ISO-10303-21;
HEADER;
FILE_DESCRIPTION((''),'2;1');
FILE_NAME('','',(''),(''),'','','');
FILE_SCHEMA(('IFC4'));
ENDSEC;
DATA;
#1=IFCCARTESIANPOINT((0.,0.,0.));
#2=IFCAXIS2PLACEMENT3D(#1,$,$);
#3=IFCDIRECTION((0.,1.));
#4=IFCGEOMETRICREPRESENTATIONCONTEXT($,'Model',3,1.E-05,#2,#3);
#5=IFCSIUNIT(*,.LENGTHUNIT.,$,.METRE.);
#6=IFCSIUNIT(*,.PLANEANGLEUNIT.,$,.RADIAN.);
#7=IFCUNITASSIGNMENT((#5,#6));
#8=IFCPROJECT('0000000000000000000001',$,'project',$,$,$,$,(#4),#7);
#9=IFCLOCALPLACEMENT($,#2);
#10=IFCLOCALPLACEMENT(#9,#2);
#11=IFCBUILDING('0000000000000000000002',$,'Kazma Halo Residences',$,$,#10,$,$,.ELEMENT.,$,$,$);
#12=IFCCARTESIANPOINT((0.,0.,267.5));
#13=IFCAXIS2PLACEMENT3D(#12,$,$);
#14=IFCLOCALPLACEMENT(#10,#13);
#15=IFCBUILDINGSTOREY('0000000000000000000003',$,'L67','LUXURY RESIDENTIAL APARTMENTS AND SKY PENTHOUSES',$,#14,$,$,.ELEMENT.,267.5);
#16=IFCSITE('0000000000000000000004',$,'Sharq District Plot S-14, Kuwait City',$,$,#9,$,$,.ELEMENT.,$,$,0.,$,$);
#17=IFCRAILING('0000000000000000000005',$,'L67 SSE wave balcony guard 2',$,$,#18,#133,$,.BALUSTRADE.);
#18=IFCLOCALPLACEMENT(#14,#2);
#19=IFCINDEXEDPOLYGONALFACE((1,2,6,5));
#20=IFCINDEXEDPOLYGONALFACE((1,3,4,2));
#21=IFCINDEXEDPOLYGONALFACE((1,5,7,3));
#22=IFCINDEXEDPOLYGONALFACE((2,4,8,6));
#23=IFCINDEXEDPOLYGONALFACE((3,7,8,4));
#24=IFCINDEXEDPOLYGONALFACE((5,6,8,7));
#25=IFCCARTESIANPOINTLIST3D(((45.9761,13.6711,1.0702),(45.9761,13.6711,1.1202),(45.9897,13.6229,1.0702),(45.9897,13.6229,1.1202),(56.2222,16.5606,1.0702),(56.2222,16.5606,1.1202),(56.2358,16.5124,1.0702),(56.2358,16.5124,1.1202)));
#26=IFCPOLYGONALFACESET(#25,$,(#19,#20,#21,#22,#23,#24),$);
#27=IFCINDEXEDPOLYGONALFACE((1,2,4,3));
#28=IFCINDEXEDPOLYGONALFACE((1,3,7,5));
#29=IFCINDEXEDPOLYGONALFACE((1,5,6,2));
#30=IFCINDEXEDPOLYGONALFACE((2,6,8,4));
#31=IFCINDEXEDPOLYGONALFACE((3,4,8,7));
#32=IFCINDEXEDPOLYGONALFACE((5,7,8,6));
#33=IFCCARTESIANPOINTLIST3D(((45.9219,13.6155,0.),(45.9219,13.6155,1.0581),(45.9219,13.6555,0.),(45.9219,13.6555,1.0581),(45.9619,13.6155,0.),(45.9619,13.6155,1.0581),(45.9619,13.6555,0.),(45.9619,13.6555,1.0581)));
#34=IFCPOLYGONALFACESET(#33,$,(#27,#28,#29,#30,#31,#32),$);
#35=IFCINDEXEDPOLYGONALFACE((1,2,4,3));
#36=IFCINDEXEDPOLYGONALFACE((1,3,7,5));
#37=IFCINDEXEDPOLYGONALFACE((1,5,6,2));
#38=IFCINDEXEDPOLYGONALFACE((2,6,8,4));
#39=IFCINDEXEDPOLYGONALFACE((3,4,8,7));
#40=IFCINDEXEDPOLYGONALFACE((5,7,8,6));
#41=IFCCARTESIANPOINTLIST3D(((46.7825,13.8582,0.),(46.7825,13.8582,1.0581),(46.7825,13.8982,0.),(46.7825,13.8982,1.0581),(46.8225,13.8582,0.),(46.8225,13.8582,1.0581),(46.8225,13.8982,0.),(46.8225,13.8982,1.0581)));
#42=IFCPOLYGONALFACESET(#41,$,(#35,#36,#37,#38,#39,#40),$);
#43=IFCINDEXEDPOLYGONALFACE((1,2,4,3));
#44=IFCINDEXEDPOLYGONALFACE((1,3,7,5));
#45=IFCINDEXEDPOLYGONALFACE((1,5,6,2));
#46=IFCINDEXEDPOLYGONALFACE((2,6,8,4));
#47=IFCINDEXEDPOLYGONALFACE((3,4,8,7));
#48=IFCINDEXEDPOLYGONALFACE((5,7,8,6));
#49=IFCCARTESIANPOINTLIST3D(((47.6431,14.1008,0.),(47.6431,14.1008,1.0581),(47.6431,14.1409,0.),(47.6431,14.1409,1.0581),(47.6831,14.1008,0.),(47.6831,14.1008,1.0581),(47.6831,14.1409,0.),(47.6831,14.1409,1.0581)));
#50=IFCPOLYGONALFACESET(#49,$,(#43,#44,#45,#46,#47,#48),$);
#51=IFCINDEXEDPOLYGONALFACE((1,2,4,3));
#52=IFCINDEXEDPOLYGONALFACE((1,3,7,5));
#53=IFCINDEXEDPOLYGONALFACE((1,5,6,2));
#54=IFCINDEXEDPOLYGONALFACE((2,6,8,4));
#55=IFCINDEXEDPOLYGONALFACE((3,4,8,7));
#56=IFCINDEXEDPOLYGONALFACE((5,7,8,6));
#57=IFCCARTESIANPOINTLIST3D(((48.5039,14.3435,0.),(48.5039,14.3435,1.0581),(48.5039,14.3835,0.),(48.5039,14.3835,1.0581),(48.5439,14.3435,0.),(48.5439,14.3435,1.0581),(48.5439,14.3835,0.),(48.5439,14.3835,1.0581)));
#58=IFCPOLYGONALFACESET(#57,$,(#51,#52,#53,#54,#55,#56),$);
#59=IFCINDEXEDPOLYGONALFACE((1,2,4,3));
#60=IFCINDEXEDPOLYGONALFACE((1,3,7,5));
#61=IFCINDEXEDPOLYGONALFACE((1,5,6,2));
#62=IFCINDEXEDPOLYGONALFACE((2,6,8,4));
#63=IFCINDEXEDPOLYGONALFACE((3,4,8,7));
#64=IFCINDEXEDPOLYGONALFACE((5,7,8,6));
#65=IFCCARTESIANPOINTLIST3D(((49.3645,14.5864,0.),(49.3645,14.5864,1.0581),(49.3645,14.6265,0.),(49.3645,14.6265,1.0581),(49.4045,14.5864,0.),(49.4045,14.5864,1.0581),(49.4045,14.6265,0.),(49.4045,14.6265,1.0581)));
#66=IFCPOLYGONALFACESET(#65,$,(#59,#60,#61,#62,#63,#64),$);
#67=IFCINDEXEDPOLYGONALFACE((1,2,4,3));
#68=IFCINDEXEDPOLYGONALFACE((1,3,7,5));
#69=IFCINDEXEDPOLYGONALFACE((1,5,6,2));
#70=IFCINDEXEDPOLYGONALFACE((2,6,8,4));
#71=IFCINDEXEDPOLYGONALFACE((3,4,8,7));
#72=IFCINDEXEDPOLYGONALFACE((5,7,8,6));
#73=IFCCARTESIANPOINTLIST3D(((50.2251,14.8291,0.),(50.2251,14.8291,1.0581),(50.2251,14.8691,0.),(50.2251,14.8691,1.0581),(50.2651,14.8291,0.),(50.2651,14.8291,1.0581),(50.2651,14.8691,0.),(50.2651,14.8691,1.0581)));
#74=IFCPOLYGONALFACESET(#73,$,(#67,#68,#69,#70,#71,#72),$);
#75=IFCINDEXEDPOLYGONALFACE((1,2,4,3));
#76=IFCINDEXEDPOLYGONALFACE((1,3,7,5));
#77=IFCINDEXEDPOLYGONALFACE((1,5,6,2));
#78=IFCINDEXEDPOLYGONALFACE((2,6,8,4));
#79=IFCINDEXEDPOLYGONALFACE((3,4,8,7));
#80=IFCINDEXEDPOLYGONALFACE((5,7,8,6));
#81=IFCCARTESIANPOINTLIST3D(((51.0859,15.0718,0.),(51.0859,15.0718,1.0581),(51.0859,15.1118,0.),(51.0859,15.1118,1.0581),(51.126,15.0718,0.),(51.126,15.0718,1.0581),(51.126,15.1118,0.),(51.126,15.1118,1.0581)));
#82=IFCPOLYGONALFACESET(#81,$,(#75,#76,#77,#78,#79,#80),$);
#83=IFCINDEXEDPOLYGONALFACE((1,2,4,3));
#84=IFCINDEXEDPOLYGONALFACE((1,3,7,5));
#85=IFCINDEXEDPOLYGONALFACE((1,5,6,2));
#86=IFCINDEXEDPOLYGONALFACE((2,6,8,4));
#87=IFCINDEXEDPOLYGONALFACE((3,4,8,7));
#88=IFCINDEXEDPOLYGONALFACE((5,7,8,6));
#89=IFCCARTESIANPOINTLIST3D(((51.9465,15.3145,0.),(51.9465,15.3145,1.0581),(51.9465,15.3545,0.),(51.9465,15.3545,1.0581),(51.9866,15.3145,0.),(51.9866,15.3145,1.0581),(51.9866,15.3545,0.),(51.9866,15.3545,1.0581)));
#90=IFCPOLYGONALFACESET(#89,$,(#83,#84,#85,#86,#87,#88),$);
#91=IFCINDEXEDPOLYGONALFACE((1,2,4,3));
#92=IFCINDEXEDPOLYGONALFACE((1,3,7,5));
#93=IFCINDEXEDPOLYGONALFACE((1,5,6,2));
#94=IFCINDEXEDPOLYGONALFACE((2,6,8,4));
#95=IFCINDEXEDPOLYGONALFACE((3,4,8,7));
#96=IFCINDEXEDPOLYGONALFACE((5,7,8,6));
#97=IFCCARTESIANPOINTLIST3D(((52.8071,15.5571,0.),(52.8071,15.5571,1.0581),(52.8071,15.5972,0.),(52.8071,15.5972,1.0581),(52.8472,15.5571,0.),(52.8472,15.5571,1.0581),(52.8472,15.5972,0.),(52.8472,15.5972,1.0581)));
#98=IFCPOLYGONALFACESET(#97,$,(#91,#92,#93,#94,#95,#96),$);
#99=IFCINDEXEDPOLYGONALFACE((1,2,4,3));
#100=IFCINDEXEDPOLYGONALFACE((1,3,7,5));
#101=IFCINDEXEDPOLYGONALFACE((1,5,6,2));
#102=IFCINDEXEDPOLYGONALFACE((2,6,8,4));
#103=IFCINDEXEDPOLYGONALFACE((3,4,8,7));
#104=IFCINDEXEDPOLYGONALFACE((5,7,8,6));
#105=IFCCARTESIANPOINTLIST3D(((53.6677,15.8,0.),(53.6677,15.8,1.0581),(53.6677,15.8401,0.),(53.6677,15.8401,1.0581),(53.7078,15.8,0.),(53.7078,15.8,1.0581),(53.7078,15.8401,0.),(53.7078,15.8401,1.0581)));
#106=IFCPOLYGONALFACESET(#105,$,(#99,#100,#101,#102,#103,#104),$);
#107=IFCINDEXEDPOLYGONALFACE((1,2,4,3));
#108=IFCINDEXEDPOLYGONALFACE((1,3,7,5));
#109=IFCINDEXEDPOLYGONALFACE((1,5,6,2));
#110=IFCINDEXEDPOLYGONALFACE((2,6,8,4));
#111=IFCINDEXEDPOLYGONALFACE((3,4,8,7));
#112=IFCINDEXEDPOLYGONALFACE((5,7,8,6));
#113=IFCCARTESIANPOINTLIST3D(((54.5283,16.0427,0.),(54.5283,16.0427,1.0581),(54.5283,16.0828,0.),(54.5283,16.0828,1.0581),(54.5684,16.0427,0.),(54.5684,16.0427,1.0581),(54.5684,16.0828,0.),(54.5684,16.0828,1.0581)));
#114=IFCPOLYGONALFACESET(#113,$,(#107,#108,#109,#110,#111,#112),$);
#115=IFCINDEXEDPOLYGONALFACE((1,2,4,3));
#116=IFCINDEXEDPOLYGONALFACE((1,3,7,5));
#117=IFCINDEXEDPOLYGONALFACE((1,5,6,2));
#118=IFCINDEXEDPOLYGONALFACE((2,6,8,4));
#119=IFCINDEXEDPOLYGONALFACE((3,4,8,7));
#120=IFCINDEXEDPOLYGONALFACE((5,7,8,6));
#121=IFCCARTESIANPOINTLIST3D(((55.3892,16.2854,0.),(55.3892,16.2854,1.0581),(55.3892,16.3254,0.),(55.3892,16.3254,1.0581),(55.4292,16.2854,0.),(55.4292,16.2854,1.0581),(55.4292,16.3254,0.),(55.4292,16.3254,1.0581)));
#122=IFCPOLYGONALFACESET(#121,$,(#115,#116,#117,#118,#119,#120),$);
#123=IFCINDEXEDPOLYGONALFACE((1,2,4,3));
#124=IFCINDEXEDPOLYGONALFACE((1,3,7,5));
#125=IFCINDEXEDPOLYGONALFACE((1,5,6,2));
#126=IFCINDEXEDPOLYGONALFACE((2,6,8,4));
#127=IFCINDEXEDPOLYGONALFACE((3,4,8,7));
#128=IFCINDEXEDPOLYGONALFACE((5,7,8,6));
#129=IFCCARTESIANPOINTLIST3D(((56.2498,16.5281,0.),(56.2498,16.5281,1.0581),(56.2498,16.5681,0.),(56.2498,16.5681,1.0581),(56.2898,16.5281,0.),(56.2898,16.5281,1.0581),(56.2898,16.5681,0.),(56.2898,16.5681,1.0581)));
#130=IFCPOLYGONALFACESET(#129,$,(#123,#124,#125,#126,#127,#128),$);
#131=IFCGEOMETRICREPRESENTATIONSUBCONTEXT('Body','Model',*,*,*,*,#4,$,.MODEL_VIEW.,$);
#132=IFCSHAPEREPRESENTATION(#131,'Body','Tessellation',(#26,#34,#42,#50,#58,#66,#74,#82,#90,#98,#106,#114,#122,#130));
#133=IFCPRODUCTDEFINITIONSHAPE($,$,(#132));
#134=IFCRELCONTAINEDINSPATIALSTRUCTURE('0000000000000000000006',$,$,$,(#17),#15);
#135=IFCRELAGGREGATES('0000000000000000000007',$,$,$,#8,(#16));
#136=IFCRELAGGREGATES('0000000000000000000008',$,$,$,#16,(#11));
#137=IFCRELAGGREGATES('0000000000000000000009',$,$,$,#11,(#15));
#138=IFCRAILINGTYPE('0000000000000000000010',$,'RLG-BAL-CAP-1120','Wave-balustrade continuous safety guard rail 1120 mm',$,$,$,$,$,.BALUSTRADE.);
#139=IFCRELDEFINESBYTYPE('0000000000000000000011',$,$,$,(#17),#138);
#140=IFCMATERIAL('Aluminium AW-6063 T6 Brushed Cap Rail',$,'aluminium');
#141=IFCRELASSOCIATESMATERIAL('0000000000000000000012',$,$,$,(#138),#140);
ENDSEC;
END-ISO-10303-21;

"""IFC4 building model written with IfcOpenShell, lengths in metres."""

from ifc_helpers import new_model, si_unit, direction, frame, origin, origin_2d, place, context, subcontext, project, spatial, rectangle, extrude, material, type_object, element, save


model = new_model("IFC4")

# Units and contexts
model_context = context("Model", 3, precision=1e-05, world=origin(), true_north=direction((0.0, 1.0)))
body_context = subcontext(model_context, "Body", "Model", "MODEL_VIEW")
ifc_project = project(units=[si_unit("LENGTHUNIT", "METRE"), si_unit("PLANEANGLEUNIT", "RADIAN")], contexts=[model_context])

# Site, building, storey
site_placement = place(None, origin())
site = spatial("IfcSite", under=ifc_project, at=site_placement, Name="Sharq District Plot S-14, Kuwait City", CompositionType="ELEMENT", RefElevation=0.0)
building_placement = place(site_placement, origin())
building = spatial("IfcBuilding", under=site, at=building_placement, Name="Kazma Halo Residences", CompositionType="ELEMENT")
storey_placement = place(building_placement, frame((0.0, 0.0, 267.5)))
storey = spatial("IfcBuildingStorey", under=building, at=storey_placement, Name="L67", Description="LUXURY RESIDENTIAL APARTMENTS AND SKY PENTHOUSES", CompositionType="ELEMENT", Elevation=267.5)

# Railing
ifc_material_1 = material(Name="Aluminium AW-6063 T6 Brushed Cap Rail", Category="aluminium")
railing_type = type_object("IfcRailingType", Name="RLG-BAL-CAP-1120", Description="Wave-balustrade continuous safety guard rail 1120 mm", PredefinedType="BALUSTRADE", material=ifc_material_1)
railing_1_placement = place(storey_placement, frame((45.9419, 13.6355, 0.0)))
element("IfcRailing", 1, at=railing_1_placement, inside=storey, type_object=railing_type, Name="L67 SSE wave balcony guard 2", PredefinedType="BALUSTRADE", context=body_context, shape_type="SweptSolid", body=[
    extrude(rectangle(XDim=0.05, YDim=0.05, at=origin_2d()), frame((0.041, 0.0115, 1.0952), z_axis=(0.962459, 0.271426, 0.0), x_axis=(-0.271426, 0.962459, 0.0)), (0.0, 0.0, 1.0), 10.6458),
    extrude(rectangle(XDim=0.04, YDim=0.04, at=origin_2d()), origin(), (0.0, 0.0, 1.0), 1.0581),
    extrude(rectangle(XDim=0.04, YDim=0.04, at=origin_2d()), frame((0.8606, 0.2427, 0.0)), (0.0, 0.0, 1.0), 1.0581),
    extrude(rectangle(XDim=0.04, YDim=0.04, at=origin_2d()), frame((1.7212, 0.4854, 0.0)), (0.0, 0.0, 1.0), 1.0581),
    extrude(rectangle(XDim=0.04, YDim=0.04, at=origin_2d()), frame((2.582, 0.728, 0.0)), (0.0, 0.0, 1.0), 1.0581),
    extrude(rectangle(XDim=0.04, YDim=0.04, at=origin_2d()), frame((3.4426, 0.9709, 0.0)), (0.0, 0.0, 1.0), 1.0581),
    extrude(rectangle(XDim=0.04, YDim=0.04, at=origin_2d()), frame((4.3032, 1.2136, 0.0)), (0.0, 0.0, 1.0), 1.0581),
    extrude(rectangle(XDim=0.04, YDim=0.04, at=origin_2d()), frame((5.1641, 1.4563, 0.0)), (0.0, 0.0, 1.0), 1.0581),
    extrude(rectangle(XDim=0.04, YDim=0.04, at=origin_2d()), frame((6.0247, 1.699, 0.0)), (0.0, 0.0, 1.0), 1.0581),
    extrude(rectangle(XDim=0.04, YDim=0.04, at=origin_2d()), frame((6.8853, 1.9417, 0.0)), (0.0, 0.0, 1.0), 1.0581),
    extrude(rectangle(XDim=0.04, YDim=0.04, at=origin_2d()), frame((7.7458, 2.1846, 0.0)), (0.0, 0.0, 1.0), 1.0581),
    extrude(rectangle(XDim=0.04, YDim=0.04, at=origin_2d()), frame((8.6064, 2.4272, 0.0)), (0.0, 0.0, 1.0), 1.0581),
    extrude(rectangle(XDim=0.04, YDim=0.04, at=origin_2d()), frame((9.4673, 2.6699, 0.0)), (0.0, 0.0, 1.0), 1.0581),
    extrude(rectangle(XDim=0.04, YDim=0.04, at=origin_2d()), frame((10.3279, 2.9126, 0.0)), (0.0, 0.0, 1.0), 1.0581),
])

save(model, "model.ifc")
